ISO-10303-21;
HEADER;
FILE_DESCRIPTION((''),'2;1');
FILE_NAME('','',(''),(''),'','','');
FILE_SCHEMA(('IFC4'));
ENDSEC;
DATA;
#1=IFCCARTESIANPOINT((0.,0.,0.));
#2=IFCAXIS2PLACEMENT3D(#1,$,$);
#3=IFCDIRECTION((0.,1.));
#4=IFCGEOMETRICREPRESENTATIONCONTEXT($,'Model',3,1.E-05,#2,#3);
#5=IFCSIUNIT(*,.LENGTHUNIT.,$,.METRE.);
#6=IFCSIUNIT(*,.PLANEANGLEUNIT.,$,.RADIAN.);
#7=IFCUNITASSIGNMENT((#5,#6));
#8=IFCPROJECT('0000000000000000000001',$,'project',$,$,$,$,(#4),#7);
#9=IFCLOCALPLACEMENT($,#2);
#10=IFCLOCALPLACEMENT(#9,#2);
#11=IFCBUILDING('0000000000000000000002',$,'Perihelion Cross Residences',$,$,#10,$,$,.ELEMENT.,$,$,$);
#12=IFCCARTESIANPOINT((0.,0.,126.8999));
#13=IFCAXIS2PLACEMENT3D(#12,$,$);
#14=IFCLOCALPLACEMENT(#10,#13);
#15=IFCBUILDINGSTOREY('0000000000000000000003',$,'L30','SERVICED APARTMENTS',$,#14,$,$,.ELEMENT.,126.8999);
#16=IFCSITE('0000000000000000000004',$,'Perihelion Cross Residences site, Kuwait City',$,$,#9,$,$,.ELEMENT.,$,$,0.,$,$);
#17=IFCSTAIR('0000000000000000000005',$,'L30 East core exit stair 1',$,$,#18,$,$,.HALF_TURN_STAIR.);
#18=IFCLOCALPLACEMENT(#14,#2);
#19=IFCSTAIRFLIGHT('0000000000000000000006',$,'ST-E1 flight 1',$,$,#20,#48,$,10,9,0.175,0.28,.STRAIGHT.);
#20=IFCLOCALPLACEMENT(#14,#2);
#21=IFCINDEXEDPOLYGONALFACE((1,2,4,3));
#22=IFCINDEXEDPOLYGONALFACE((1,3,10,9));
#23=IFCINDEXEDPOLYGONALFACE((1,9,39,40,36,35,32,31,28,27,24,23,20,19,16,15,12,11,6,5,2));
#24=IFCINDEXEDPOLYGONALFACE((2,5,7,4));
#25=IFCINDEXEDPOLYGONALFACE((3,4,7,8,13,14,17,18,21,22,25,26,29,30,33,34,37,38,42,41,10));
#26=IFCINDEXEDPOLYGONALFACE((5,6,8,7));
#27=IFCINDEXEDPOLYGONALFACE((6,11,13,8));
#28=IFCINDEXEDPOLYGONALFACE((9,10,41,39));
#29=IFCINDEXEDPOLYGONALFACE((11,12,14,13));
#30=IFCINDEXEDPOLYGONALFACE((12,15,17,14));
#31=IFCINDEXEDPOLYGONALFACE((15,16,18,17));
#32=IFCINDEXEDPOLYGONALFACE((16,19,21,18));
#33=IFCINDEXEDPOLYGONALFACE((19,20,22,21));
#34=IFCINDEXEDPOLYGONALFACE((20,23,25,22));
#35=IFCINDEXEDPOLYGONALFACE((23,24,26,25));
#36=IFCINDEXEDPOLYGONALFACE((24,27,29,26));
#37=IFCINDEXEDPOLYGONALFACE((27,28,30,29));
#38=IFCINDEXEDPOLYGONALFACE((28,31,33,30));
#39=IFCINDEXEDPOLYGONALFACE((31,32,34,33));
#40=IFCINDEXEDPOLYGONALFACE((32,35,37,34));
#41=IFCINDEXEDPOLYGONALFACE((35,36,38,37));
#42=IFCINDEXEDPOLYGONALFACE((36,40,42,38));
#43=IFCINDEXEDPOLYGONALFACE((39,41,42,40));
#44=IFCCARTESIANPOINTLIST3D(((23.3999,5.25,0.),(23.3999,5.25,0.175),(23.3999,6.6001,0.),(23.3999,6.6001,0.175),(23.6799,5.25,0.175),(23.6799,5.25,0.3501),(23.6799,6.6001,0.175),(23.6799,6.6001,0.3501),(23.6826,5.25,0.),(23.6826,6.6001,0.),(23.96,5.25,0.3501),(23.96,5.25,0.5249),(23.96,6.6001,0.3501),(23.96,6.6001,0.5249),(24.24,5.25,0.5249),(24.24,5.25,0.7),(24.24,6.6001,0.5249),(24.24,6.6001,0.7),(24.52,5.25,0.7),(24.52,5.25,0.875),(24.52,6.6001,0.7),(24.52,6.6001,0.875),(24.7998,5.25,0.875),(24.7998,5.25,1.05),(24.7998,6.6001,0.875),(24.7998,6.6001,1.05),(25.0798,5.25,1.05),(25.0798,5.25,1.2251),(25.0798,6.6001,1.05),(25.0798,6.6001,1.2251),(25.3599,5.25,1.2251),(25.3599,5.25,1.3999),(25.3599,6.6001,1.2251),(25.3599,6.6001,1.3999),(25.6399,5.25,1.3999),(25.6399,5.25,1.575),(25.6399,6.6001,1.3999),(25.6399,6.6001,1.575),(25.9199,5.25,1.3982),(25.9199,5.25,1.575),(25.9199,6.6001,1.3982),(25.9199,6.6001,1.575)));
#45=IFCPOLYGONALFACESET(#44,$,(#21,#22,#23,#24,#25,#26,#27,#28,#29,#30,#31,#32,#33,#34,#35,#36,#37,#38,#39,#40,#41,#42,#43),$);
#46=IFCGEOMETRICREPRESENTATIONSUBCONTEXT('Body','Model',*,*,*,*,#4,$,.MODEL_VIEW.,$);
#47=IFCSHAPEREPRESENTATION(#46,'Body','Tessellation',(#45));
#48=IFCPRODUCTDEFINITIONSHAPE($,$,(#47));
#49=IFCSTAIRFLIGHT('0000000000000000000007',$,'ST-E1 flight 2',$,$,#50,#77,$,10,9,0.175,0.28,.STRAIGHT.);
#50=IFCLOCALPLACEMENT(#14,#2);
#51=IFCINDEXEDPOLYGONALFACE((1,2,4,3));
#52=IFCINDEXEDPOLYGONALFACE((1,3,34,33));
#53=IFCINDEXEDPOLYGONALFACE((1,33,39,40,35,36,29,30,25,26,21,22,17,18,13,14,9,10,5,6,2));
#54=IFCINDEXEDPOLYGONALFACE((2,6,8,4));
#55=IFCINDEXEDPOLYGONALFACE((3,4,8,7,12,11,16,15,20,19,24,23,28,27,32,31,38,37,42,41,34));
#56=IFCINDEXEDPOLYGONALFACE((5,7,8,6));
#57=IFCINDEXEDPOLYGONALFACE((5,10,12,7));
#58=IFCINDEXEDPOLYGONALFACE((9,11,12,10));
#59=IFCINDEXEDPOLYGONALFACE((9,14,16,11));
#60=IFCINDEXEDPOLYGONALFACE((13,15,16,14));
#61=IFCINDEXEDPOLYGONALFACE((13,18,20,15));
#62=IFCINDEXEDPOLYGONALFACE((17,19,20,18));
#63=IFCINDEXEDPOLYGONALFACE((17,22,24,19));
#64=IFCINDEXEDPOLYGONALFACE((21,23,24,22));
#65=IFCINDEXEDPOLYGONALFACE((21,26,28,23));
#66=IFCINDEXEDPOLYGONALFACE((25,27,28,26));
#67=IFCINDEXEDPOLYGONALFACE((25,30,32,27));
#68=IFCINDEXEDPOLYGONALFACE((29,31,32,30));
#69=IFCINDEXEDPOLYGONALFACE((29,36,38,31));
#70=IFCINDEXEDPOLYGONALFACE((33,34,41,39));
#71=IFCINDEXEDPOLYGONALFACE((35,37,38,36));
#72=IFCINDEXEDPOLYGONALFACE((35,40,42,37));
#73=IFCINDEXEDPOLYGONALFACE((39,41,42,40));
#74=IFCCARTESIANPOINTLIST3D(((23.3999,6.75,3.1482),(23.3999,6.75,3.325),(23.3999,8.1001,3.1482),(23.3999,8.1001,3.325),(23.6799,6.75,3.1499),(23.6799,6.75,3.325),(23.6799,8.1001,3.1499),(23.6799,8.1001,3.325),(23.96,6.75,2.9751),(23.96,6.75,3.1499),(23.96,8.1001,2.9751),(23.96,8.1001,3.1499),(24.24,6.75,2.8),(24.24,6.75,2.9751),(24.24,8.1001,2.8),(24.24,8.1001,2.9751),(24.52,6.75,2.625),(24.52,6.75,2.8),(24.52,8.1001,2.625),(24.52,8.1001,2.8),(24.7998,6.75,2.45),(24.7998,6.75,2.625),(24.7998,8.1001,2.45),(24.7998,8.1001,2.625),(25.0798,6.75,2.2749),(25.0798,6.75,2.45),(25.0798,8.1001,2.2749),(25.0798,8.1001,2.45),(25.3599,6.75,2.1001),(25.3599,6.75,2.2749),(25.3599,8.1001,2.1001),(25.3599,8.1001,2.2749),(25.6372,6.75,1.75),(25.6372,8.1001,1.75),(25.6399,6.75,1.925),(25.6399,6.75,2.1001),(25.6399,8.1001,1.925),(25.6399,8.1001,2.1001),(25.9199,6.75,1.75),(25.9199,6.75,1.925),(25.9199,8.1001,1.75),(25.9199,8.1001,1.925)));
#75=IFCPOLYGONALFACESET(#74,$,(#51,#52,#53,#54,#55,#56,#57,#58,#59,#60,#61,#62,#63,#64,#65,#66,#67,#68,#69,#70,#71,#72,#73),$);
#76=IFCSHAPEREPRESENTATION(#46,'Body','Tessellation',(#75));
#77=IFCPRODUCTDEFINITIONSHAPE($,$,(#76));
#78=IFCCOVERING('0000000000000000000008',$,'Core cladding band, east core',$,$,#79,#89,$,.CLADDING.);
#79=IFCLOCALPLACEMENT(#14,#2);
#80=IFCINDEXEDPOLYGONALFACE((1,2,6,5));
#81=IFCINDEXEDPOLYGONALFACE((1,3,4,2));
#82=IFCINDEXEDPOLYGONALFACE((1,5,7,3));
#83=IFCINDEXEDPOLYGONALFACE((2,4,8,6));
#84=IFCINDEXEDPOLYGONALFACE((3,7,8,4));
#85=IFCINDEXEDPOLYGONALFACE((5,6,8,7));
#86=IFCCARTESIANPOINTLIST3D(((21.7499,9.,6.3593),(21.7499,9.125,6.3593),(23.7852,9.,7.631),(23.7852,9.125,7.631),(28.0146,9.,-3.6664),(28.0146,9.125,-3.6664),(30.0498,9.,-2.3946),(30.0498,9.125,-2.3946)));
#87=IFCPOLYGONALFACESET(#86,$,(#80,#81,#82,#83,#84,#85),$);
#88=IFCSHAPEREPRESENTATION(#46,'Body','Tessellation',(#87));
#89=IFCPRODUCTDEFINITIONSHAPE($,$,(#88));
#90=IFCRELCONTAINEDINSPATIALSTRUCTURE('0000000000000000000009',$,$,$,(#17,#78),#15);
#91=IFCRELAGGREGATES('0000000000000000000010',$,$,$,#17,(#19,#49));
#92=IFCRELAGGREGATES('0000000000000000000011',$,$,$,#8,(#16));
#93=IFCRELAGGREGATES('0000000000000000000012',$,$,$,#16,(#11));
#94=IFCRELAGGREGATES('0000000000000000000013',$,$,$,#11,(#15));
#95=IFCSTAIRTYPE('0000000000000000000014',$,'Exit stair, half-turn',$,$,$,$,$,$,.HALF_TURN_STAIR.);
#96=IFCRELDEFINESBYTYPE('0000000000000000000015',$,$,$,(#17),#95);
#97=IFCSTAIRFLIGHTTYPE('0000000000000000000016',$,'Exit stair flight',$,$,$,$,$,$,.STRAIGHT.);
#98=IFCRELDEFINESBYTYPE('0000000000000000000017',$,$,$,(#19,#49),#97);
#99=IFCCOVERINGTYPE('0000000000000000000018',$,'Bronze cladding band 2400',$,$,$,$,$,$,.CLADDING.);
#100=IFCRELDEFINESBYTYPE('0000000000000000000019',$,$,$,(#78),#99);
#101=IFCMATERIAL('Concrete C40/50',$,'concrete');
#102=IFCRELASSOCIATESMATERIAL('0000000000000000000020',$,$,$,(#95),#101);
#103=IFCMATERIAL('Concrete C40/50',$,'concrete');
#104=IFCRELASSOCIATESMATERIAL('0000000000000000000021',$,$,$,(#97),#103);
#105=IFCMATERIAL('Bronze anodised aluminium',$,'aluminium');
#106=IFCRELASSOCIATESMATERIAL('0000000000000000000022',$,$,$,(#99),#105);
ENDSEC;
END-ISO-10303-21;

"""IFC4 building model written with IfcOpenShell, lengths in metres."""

from ifc_helpers import new_model, si_unit, direction, frame, origin, origin_2d, place, context, subcontext, project, spatial, polyline, rectangle, outline, extrude, material, material_profile, profile_set, type_object, element, aggregate, save


model = new_model("IFC4")

# Units and contexts
model_context = context("Model", 3, precision=1e-05, world=origin(), true_north=direction((0.0, 1.0)))
body_context = subcontext(model_context, "Body", "Model", "MODEL_VIEW")
ifc_project = project(units=[si_unit("LENGTHUNIT", "METRE"), si_unit("PLANEANGLEUNIT", "RADIAN")], contexts=[model_context])

# Site, building, storey
site_placement = place(None, origin())
site = spatial("IfcSite", under=ifc_project, at=site_placement, Name="Perihelion Cross Residences site, Kuwait City", CompositionType="ELEMENT", RefElevation=0.0)
building_placement = place(site_placement, origin())
building = spatial("IfcBuilding", under=site, at=building_placement, Name="Perihelion Cross Residences", CompositionType="ELEMENT")
storey_placement = place(building_placement, frame((0.0, 0.0, 126.8999)))
storey = spatial("IfcBuildingStorey", under=building, at=storey_placement, Name="L30", Description="SERVICED APARTMENTS", CompositionType="ELEMENT", Elevation=126.8999)

# Stair, stair flights
ifc_material_1 = material(Name="Concrete C40/50", Category="concrete")
stair_type = type_object("IfcStairType", Name="Exit stair, half-turn", PredefinedType="HALF_TURN_STAIR", material=ifc_material_1)
stair_placement = place(storey_placement, origin())
stair = element("IfcStair", 1, at=stair_placement, inside=storey, type_object=stair_type, Name="L30 East core exit stair 1", PredefinedType="HALF_TURN_STAIR")
ifc_material_2 = material(Name="Concrete C40/50", Category="concrete")
stair_flight_type = type_object("IfcStairFlightType", Name="Exit stair flight", PredefinedType="STRAIGHT", material=ifc_material_2)
stair_flight_1_placement = place(storey_placement, frame((23.3999, 5.925, 0.0), z_axis=(0.0, 0.0, 1.0), x_axis=(1.0, 0.0, 0.0)))
stair_flight_1 = element("IfcStairFlight", 2, at=stair_flight_1_placement, type_object=stair_flight_type, Name="ST-E1 flight 1", NumberOfRisers=10, NumberOfTreads=9, PredefinedType="STRAIGHT", RiserHeight=0.175, TreadLength=0.28, context=body_context, shape_type="SweptSolid", body=[
    extrude(outline(polyline([(0.0, 0.0), (0.0, 0.175), (0.28, 0.175), (0.28, 0.3501), (0.5601, 0.3501), (0.5601, 0.5249), (0.8401, 0.5249), (0.8401, 0.7), (1.1201, 0.7), (1.1201, 0.875), (1.3999, 0.875), (1.3999, 1.05), (1.6799, 1.05), (1.6799, 1.2251), (1.96, 1.2251), (1.96, 1.3999), (2.24, 1.3999), (2.24, 1.575), (2.52, 1.575), (2.52, 1.75), (2.52, 1.3982), (0.2827, 0.0), (0.0, 0.0)])), frame((0.0, 0.675, 0.0), z_axis=(0.0, -1.0, 0.0), x_axis=(1.0, 0.0, 0.0)), (0.0, 0.0, 1.0), 1.3501),
])
stair_flight_2_placement = place(storey_placement, frame((25.9199, 7.425, 1.75), z_axis=(0.0, 0.0, 1.0), x_axis=(-1.0, 0.0, 0.0)))
stair_flight_2 = element("IfcStairFlight", 3, at=stair_flight_2_placement, type_object=stair_flight_type, Name="ST-E1 flight 2", NumberOfRisers=10, NumberOfTreads=9, PredefinedType="STRAIGHT", RiserHeight=0.175, TreadLength=0.28, context=body_context, shape_type="SweptSolid", body=[
    extrude(outline(polyline([(0.0, 0.0), (0.0, 0.175), (0.28, 0.175), (0.28, 0.3501), (0.5601, 0.3501), (0.5601, 0.5249), (0.8401, 0.5249), (0.8401, 0.7), (1.1201, 0.7), (1.1201, 0.875), (1.3999, 0.875), (1.3999, 1.05), (1.6799, 1.05), (1.6799, 1.2251), (1.96, 1.2251), (1.96, 1.3999), (2.24, 1.3999), (2.24, 1.575), (2.52, 1.575), (2.52, 1.75), (2.52, 1.3982), (0.2827, 0.0), (0.0, 0.0)])), frame((0.0, 0.675, 0.0), z_axis=(0.0, -1.0, 0.0), x_axis=(1.0, 0.0, 0.0)), (0.0, 0.0, 1.0), 1.3501),
])
aggregate(stair, [stair_flight_1, stair_flight_2])

# Covering
ifc_material_3 = material(Name="Bronze anodised aluminium", Category="aluminium")
ifc_material_profile = material_profile(ifc_material_3, rectangle(XDim=0.125, YDim=2.3999, at=origin_2d()), Name="Bronze cladding band 2400")
ifc_profile_set = profile_set([ifc_material_profile], Name="Bronze anodised aluminium")
covering_type = type_object("IfcCoveringType", Name="Bronze cladding band 2400", PredefinedType="CLADDING", material=ifc_profile_set)
covering_placement = place(storey_placement, frame((29.0322, 9.0625, -3.0305), z_axis=(-0.529915, 0.0, 0.848051), x_axis=(0.0, -1.0, 0.0)))
element("IfcCovering", 4, at=covering_placement, inside=storey, type_object=covering_type, Name="Core cladding band, east core", PredefinedType="CLADDING", context=body_context, shape_type="SweptSolid", body=[
    extrude(rectangle(XDim=0.125, YDim=2.3999, at=origin_2d()), origin(), (0.0, 0.0, 1.0), 11.822),
])

save(model, "model.ifc")
